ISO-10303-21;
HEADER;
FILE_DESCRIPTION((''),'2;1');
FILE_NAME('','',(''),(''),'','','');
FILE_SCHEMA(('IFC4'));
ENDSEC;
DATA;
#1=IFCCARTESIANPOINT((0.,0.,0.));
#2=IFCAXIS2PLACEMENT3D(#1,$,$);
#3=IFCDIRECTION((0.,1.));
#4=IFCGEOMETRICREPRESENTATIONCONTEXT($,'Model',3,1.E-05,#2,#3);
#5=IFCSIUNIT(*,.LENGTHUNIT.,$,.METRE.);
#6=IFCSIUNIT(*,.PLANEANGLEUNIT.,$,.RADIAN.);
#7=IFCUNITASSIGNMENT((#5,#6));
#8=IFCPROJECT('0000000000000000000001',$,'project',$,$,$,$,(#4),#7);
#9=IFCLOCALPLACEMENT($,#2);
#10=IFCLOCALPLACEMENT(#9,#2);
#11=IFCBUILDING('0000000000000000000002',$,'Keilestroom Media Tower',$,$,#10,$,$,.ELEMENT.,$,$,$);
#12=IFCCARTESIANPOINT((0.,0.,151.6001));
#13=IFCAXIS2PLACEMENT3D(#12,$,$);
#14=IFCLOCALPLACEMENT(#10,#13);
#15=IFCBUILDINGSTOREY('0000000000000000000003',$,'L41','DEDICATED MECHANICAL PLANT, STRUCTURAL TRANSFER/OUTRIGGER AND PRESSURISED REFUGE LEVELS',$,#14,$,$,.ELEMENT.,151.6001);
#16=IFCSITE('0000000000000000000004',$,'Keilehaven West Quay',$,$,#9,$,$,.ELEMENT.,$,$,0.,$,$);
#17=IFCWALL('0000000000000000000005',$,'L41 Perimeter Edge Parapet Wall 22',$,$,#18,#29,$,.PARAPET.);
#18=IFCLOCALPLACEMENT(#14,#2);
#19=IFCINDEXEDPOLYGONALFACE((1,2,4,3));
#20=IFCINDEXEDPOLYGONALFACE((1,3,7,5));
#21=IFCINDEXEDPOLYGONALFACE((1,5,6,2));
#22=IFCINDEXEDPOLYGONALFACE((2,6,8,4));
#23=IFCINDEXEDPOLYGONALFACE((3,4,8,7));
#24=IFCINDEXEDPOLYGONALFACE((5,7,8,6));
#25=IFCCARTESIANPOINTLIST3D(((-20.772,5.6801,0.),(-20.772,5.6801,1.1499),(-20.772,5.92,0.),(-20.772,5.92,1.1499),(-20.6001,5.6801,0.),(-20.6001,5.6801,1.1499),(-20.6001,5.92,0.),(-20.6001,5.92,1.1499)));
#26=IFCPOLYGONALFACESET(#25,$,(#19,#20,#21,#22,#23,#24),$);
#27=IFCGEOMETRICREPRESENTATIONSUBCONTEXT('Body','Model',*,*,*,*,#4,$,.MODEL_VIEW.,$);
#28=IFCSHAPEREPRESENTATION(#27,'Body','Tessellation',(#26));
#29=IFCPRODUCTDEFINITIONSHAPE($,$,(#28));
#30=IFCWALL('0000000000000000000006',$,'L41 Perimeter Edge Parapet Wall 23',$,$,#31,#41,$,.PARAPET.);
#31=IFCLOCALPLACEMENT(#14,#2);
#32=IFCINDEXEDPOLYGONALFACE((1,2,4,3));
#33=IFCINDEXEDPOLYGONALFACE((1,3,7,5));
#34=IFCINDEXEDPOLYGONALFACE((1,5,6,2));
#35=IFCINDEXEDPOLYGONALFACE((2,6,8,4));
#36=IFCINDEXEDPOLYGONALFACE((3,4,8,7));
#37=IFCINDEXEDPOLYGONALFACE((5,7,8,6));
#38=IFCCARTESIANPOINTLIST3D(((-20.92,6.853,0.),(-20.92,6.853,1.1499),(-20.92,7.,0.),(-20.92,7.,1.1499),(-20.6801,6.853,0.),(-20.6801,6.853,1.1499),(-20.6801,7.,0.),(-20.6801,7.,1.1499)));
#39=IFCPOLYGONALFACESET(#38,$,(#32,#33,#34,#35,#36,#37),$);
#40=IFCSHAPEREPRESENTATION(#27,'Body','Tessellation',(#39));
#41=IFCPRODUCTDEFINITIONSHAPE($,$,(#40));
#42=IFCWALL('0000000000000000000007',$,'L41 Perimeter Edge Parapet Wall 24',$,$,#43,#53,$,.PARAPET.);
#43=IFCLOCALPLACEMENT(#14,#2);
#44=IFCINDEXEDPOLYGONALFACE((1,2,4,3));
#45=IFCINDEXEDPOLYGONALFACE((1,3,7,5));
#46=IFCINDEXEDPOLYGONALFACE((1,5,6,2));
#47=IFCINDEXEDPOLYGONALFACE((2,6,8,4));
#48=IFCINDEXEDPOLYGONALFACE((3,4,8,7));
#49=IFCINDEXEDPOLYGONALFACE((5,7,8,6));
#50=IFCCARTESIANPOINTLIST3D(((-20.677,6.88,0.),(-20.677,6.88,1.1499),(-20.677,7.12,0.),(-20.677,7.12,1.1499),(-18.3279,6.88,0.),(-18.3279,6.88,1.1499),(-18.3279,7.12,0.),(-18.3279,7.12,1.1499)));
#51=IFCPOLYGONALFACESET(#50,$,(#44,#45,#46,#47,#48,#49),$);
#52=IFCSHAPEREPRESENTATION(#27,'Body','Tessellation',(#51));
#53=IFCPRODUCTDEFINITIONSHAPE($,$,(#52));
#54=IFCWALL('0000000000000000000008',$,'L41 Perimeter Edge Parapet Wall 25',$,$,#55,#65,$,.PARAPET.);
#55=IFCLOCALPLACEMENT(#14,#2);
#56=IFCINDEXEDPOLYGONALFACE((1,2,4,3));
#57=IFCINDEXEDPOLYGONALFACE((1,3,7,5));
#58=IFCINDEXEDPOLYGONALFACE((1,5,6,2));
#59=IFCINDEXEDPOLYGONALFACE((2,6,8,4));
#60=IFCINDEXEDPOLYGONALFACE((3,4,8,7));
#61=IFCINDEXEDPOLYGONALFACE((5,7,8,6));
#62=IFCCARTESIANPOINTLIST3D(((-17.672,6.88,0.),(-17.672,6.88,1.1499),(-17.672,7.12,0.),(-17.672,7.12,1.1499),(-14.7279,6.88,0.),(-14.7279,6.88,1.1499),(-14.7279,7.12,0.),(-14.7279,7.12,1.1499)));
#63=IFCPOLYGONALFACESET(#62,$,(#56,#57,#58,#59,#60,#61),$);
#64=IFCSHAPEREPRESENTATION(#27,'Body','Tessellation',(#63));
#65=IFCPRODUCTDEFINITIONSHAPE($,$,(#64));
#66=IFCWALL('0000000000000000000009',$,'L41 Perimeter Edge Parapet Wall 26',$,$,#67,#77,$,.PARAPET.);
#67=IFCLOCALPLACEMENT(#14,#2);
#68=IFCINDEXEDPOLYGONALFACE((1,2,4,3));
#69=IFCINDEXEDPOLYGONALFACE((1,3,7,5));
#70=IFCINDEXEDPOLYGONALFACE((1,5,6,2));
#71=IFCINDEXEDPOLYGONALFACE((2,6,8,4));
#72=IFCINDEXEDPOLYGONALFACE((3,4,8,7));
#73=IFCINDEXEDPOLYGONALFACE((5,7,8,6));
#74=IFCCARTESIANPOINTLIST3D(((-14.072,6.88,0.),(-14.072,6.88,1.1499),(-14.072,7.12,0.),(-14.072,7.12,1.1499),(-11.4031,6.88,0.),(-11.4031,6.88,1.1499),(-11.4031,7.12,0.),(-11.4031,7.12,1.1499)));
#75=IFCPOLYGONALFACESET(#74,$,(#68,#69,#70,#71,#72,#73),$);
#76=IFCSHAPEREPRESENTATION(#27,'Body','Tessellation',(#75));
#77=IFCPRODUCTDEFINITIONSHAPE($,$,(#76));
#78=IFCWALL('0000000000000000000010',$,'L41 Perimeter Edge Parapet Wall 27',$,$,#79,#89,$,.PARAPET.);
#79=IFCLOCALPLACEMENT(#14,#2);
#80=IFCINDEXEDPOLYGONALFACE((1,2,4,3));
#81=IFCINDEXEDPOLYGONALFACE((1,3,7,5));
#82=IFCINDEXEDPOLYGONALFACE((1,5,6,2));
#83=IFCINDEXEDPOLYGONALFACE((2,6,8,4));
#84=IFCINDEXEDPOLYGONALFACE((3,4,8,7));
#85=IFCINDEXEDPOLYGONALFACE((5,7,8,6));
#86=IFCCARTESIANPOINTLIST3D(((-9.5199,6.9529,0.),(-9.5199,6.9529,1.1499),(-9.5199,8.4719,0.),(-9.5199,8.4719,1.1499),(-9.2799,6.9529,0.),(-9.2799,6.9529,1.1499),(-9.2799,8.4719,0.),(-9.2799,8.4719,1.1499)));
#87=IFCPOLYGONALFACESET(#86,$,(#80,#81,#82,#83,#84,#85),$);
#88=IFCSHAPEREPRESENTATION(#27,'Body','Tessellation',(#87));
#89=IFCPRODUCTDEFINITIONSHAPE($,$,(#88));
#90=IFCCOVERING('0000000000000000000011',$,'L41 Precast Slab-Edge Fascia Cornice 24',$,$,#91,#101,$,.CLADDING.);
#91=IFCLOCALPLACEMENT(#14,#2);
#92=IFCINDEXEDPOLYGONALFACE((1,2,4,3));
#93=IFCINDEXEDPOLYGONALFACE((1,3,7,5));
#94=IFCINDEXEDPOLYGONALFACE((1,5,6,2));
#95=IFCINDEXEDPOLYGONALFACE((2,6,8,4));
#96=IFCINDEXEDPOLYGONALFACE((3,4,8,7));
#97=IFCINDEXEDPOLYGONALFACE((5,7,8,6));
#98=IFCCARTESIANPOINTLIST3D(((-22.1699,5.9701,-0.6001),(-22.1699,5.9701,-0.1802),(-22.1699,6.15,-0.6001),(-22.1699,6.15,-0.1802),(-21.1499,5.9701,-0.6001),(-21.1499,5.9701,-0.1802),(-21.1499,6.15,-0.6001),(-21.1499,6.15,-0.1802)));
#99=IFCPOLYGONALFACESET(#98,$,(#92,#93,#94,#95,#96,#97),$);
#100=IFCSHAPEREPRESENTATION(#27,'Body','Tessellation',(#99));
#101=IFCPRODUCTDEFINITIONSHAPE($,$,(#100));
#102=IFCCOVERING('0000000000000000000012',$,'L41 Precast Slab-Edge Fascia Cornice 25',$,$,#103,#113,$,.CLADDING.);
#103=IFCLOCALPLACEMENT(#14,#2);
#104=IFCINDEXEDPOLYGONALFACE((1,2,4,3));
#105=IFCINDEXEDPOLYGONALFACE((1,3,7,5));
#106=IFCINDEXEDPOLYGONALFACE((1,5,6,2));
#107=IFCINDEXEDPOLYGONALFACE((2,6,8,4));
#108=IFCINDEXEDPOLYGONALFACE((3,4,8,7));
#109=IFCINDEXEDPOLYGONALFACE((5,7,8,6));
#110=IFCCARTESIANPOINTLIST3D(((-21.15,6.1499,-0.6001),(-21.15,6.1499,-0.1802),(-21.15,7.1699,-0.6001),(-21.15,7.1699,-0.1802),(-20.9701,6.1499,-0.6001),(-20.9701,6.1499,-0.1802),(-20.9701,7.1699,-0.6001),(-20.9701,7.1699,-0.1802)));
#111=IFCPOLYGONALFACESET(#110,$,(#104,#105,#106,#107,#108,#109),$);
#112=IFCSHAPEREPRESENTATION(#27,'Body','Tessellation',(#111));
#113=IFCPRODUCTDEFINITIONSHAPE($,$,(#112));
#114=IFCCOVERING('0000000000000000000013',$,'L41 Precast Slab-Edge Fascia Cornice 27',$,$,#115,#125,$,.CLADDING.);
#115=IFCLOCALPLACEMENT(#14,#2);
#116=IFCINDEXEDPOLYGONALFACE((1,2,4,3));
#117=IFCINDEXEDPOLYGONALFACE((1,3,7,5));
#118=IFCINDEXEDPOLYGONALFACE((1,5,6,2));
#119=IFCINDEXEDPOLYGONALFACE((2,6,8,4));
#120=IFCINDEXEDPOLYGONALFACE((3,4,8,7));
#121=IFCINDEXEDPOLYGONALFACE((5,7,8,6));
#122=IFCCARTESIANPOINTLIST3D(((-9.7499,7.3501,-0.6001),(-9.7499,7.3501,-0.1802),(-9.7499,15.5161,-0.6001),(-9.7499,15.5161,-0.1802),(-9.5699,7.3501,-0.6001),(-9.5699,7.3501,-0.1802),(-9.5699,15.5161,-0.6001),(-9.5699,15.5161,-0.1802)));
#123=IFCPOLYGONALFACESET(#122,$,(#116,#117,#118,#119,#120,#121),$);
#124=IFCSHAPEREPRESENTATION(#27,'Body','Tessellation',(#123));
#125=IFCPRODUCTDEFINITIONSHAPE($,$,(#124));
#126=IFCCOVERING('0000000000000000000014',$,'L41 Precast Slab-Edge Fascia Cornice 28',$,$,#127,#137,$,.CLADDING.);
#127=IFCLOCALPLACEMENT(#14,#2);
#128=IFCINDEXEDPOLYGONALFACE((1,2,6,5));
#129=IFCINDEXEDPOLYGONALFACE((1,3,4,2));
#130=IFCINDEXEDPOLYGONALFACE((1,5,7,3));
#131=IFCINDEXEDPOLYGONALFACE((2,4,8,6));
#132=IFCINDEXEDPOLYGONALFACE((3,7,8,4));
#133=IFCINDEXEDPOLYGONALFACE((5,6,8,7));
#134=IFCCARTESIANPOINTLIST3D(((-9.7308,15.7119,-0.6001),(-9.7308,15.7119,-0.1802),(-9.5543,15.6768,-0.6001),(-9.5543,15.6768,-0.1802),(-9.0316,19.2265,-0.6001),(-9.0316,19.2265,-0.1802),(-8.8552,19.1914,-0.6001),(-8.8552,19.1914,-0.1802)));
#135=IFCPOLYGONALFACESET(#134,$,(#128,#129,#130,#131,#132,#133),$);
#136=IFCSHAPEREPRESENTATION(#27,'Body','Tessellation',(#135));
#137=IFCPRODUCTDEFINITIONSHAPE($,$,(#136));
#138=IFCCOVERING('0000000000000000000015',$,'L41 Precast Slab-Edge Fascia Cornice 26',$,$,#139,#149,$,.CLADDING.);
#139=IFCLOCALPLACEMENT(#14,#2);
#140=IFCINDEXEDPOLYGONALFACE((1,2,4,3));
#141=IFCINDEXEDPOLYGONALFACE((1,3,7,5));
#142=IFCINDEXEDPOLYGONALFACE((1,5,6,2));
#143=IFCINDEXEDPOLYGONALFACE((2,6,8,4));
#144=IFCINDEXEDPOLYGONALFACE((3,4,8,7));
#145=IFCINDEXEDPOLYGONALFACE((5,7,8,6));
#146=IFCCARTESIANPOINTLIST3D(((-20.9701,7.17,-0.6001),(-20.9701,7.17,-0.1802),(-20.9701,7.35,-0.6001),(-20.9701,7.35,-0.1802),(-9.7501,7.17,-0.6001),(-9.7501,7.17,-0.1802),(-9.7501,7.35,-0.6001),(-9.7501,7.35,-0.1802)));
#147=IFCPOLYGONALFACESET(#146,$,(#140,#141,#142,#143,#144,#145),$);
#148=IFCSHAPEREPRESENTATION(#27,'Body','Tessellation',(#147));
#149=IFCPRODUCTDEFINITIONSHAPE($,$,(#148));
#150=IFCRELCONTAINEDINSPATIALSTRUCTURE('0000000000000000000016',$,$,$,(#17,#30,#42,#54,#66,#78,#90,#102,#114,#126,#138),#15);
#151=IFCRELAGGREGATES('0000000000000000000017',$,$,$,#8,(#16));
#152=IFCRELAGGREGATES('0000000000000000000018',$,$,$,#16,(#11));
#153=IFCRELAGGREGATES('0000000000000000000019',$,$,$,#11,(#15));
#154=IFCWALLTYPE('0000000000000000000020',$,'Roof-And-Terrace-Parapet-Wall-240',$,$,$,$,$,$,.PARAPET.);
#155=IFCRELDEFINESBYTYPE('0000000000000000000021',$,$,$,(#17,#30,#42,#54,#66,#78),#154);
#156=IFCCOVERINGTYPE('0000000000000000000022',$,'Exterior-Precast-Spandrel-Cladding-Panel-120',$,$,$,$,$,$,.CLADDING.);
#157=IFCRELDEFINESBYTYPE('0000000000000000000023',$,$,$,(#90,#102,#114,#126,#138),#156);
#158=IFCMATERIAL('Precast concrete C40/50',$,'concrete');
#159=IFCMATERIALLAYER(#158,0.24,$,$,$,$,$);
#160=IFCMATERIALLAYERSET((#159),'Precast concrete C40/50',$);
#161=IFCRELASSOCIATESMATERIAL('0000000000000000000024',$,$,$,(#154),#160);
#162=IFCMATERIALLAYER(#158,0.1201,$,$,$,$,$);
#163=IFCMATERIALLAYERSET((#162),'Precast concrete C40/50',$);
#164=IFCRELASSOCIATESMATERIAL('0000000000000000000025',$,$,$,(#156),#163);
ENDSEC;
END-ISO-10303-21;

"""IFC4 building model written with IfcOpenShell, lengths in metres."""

from ifc_helpers import new_model, si_unit, direction, frame, frame_2d, origin, origin_2d, place, context, subcontext, project, spatial, rectangle, extrude, source, transform, mapped, material, layer, layer_set, type_object, element, save


model = new_model("IFC4")

# Units and contexts
model_context = context("Model", 3, precision=1e-05, world=origin(), true_north=direction((0.0, 1.0)))
body_context = subcontext(model_context, "Body", "Model", "MODEL_VIEW")
ifc_project = project(units=[si_unit("LENGTHUNIT", "METRE"), si_unit("PLANEANGLEUNIT", "RADIAN")], contexts=[model_context])

# Site, building, storey
site_placement = place(None, origin())
site = spatial("IfcSite", under=ifc_project, at=site_placement, Name="Keilehaven West Quay", CompositionType="ELEMENT", RefElevation=0.0)
building_placement = place(site_placement, origin())
building = spatial("IfcBuilding", under=site, at=building_placement, Name="Keilestroom Media Tower", CompositionType="ELEMENT")
storey_placement = place(building_placement, frame((0.0, 0.0, 151.6001)))
storey = spatial("IfcBuildingStorey", under=building, at=storey_placement, Name="L41", Description="DEDICATED MECHANICAL PLANT, STRUCTURAL TRANSFER/OUTRIGGER AND PRESSURISED REFUGE LEVELS", CompositionType="ELEMENT", Elevation=151.6001)

# Shared definitions
ifc_material_1 = material(Name="Precast concrete C40/50", Category="concrete")

# Walls
ifc_layer_1 = layer(ifc_material_1, 0.24)
ifc_layer_set_1 = layer_set([ifc_layer_1], Name="Precast concrete C40/50")
wall_type_1 = type_object("IfcWallType", Name="Roof-And-Terrace-Parapet-Wall-240", PredefinedType="PARAPET", material=ifc_layer_set_1)
wall_1_placement = place(storey_placement, frame((-20.772, 5.8, 0.0), z_axis=(0.0, 0.0, 1.0), x_axis=(1.0, 0.0, 0.0)))
element("IfcWall", 1, at=wall_1_placement, inside=storey, type_object=wall_type_1, Name="L41 Perimeter Edge Parapet Wall 22", PredefinedType="PARAPET", context=body_context, shape_type="SweptSolid", body=[
    extrude(rectangle(XDim=0.1719, YDim=0.24, at=frame_2d((0.0859, 0.0))), origin(), (0.0, 0.0, 1.0), 1.1499),
])
wall_2_placement = place(storey_placement, frame((-20.8, 6.853, 0.0), z_axis=(0.0, 0.0, 1.0), x_axis=(0.0, 1.0, 0.0)))
element("IfcWall", 2, at=wall_2_placement, inside=storey, type_object=wall_type_1, Name="L41 Perimeter Edge Parapet Wall 23", PredefinedType="PARAPET", context=body_context, shape_type="SweptSolid", body=[
    extrude(rectangle(XDim=0.147, YDim=0.24, at=frame_2d((0.0735, 0.0))), origin(), (0.0, 0.0, 1.0), 1.1499),
])
wall_3_placement = place(storey_placement, frame((-20.677, 7.0, 0.0), z_axis=(0.0, 0.0, 1.0), x_axis=(1.0, 0.0, 0.0)))
element("IfcWall", 3, at=wall_3_placement, inside=storey, type_object=wall_type_1, Name="L41 Perimeter Edge Parapet Wall 24", PredefinedType="PARAPET", context=body_context, shape_type="SweptSolid", body=[
    extrude(rectangle(XDim=2.3491, YDim=0.24, at=frame_2d((1.1746, 0.0))), origin(), (0.0, 0.0, 1.0), 1.1499),
])
wall_4_placement = place(storey_placement, frame((-17.6721, 7.0, 0.0), z_axis=(0.0, 0.0, 1.0), x_axis=(1.0, 0.0, 0.0)))
element("IfcWall", 4, at=wall_4_placement, inside=storey, type_object=wall_type_1, Name="L41 Perimeter Edge Parapet Wall 25", PredefinedType="PARAPET", context=body_context, shape_type="SweptSolid", body=[
    extrude(rectangle(XDim=2.9441, YDim=0.24, at=frame_2d((1.4722, 0.0))), origin(), (0.0, 0.0, 1.0), 1.1499),
])
wall_5_placement = place(storey_placement, frame((-14.072, 7.0, 0.0), z_axis=(0.0, 0.0, 1.0), x_axis=(1.0, 0.0, 0.0)))
element("IfcWall", 5, at=wall_5_placement, inside=storey, type_object=wall_type_1, Name="L41 Perimeter Edge Parapet Wall 26", PredefinedType="PARAPET", context=body_context, shape_type="SweptSolid", body=[
    extrude(rectangle(XDim=2.6689, YDim=0.24, at=frame_2d((1.3345, 0.0))), origin(), (0.0, 0.0, 1.0), 1.1499),
])
wall_6_placement = place(storey_placement, frame((-9.3999, 6.9529, 0.0), z_axis=(0.0, 0.0, 1.0), x_axis=(0.0, 1.0, 0.0)))
element("IfcWall", 6, at=wall_6_placement, inside=storey, type_object=wall_type_1, Name="L41 Perimeter Edge Parapet Wall 27", PredefinedType="PARAPET", context=body_context, shape_type="SweptSolid", body=[
    extrude(rectangle(XDim=1.519, YDim=0.24, at=frame_2d((0.7595, 0.0))), origin(), (0.0, 0.0, 1.0), 1.1499),
])

# Coverings
ifc_layer_2 = layer(ifc_material_1, 0.1201)
ifc_layer_set_2 = layer_set([ifc_layer_2], Name="Precast concrete C40/50")
covering_type = type_object("IfcCoveringType", Name="Exterior-Precast-Spandrel-Cladding-Panel-120", PredefinedType="CLADDING", material=ifc_layer_set_2)
shared_shape_1 = source(origin(), body_context, "Body", "SweptSolid", [
    extrude(rectangle(XDim=1.02, YDim=0.1799, at=origin_2d()), origin(), (0.0, 0.0, 1.0), 0.4199),
])
for number, where, z_axis, x_axis, name in (
    (7, (-21.6599, 6.0601, -0.6001), (0.0, 0.0, 1.0), (1.0, 0.0, 0.0), "L41 Precast Slab-Edge Fascia Cornice 24"),
    (8, (-21.0601, 6.6599, -0.6001), (0.0, 0.0, 1.0), (0.0, 1.0, 0.0), "L41 Precast Slab-Edge Fascia Cornice 25"),
):
    element("IfcCovering", number, at=place(storey_placement, frame(where, z_axis=z_axis, x_axis=x_axis)), inside=storey, type_object=covering_type, Name=name, PredefinedType="CLADDING", context=body_context, shape_type="MappedRepresentation", body=[
        mapped(shared_shape_1, transform((0.0, 0.0, 0.0), x_axis=(1.0, 0.0, 0.0), y_axis=(0.0, 1.0, 0.0), z_axis=(0.0, 0.0, 1.0), scale=1.0)),
    ])
shared_shape_2 = source(origin(), body_context, "Body", "SweptSolid", [
    extrude(rectangle(XDim=8.166, YDim=0.1799, at=origin_2d()), origin(), (0.0, 0.0, 1.0), 0.4199),
])
covering_1_placement = place(storey_placement, frame((-9.6599, 11.4331, -0.6001), z_axis=(0.0, 0.0, 1.0), x_axis=(0.0, 1.0, 0.0)))
element("IfcCovering", 9, at=covering_1_placement, inside=storey, type_object=covering_type, Name="L41 Precast Slab-Edge Fascia Cornice 27", PredefinedType="CLADDING", context=body_context, shape_type="MappedRepresentation", body=[
    mapped(shared_shape_2, transform((0.0, 0.0, 0.0), x_axis=(1.0, 0.0, 0.0), y_axis=(0.0, 1.0, 0.0), z_axis=(0.0, 0.0, 1.0), scale=1.0)),
])
shared_shape_3 = source(origin(), body_context, "Body", "SweptSolid", [
    extrude(rectangle(XDim=3.5835, YDim=0.1799, at=origin_2d()), origin(), (0.0, 0.0, 1.0), 0.4199),
])
covering_2_placement = place(storey_placement, frame((-9.293, 17.4517, -0.6001), z_axis=(0.0, 0.0, 1.0), x_axis=(0.195099, 0.980784, 0.0)))
element("IfcCovering", 10, at=covering_2_placement, inside=storey, type_object=covering_type, Name="L41 Precast Slab-Edge Fascia Cornice 28", PredefinedType="CLADDING", context=body_context, shape_type="MappedRepresentation", body=[
    mapped(shared_shape_3, transform((0.0, 0.0, 0.0), x_axis=(1.0, 0.0, 0.0), y_axis=(0.0, 1.0, 0.0), z_axis=(0.0, 0.0, 1.0), scale=1.0)),
])
shared_shape_4 = source(origin(), body_context, "Body", "SweptSolid", [
    extrude(rectangle(XDim=11.22, YDim=0.1799, at=origin_2d()), origin(), (0.0, 0.0, 1.0), 0.4199),
])
covering_3_placement = place(storey_placement, frame((-15.3601, 7.26, -0.6001), z_axis=(0.0, 0.0, 1.0), x_axis=(1.0, 0.0, 0.0)))
element("IfcCovering", 11, at=covering_3_placement, inside=storey, type_object=covering_type, Name="L41 Precast Slab-Edge Fascia Cornice 26", PredefinedType="CLADDING", context=body_context, shape_type="MappedRepresentation", body=[
    mapped(shared_shape_4, transform((0.0, 0.0, 0.0), x_axis=(1.0, 0.0, 0.0), y_axis=(0.0, 1.0, 0.0), z_axis=(0.0, 0.0, 1.0), scale=1.0)),
])

save(model, "model.ifc")
